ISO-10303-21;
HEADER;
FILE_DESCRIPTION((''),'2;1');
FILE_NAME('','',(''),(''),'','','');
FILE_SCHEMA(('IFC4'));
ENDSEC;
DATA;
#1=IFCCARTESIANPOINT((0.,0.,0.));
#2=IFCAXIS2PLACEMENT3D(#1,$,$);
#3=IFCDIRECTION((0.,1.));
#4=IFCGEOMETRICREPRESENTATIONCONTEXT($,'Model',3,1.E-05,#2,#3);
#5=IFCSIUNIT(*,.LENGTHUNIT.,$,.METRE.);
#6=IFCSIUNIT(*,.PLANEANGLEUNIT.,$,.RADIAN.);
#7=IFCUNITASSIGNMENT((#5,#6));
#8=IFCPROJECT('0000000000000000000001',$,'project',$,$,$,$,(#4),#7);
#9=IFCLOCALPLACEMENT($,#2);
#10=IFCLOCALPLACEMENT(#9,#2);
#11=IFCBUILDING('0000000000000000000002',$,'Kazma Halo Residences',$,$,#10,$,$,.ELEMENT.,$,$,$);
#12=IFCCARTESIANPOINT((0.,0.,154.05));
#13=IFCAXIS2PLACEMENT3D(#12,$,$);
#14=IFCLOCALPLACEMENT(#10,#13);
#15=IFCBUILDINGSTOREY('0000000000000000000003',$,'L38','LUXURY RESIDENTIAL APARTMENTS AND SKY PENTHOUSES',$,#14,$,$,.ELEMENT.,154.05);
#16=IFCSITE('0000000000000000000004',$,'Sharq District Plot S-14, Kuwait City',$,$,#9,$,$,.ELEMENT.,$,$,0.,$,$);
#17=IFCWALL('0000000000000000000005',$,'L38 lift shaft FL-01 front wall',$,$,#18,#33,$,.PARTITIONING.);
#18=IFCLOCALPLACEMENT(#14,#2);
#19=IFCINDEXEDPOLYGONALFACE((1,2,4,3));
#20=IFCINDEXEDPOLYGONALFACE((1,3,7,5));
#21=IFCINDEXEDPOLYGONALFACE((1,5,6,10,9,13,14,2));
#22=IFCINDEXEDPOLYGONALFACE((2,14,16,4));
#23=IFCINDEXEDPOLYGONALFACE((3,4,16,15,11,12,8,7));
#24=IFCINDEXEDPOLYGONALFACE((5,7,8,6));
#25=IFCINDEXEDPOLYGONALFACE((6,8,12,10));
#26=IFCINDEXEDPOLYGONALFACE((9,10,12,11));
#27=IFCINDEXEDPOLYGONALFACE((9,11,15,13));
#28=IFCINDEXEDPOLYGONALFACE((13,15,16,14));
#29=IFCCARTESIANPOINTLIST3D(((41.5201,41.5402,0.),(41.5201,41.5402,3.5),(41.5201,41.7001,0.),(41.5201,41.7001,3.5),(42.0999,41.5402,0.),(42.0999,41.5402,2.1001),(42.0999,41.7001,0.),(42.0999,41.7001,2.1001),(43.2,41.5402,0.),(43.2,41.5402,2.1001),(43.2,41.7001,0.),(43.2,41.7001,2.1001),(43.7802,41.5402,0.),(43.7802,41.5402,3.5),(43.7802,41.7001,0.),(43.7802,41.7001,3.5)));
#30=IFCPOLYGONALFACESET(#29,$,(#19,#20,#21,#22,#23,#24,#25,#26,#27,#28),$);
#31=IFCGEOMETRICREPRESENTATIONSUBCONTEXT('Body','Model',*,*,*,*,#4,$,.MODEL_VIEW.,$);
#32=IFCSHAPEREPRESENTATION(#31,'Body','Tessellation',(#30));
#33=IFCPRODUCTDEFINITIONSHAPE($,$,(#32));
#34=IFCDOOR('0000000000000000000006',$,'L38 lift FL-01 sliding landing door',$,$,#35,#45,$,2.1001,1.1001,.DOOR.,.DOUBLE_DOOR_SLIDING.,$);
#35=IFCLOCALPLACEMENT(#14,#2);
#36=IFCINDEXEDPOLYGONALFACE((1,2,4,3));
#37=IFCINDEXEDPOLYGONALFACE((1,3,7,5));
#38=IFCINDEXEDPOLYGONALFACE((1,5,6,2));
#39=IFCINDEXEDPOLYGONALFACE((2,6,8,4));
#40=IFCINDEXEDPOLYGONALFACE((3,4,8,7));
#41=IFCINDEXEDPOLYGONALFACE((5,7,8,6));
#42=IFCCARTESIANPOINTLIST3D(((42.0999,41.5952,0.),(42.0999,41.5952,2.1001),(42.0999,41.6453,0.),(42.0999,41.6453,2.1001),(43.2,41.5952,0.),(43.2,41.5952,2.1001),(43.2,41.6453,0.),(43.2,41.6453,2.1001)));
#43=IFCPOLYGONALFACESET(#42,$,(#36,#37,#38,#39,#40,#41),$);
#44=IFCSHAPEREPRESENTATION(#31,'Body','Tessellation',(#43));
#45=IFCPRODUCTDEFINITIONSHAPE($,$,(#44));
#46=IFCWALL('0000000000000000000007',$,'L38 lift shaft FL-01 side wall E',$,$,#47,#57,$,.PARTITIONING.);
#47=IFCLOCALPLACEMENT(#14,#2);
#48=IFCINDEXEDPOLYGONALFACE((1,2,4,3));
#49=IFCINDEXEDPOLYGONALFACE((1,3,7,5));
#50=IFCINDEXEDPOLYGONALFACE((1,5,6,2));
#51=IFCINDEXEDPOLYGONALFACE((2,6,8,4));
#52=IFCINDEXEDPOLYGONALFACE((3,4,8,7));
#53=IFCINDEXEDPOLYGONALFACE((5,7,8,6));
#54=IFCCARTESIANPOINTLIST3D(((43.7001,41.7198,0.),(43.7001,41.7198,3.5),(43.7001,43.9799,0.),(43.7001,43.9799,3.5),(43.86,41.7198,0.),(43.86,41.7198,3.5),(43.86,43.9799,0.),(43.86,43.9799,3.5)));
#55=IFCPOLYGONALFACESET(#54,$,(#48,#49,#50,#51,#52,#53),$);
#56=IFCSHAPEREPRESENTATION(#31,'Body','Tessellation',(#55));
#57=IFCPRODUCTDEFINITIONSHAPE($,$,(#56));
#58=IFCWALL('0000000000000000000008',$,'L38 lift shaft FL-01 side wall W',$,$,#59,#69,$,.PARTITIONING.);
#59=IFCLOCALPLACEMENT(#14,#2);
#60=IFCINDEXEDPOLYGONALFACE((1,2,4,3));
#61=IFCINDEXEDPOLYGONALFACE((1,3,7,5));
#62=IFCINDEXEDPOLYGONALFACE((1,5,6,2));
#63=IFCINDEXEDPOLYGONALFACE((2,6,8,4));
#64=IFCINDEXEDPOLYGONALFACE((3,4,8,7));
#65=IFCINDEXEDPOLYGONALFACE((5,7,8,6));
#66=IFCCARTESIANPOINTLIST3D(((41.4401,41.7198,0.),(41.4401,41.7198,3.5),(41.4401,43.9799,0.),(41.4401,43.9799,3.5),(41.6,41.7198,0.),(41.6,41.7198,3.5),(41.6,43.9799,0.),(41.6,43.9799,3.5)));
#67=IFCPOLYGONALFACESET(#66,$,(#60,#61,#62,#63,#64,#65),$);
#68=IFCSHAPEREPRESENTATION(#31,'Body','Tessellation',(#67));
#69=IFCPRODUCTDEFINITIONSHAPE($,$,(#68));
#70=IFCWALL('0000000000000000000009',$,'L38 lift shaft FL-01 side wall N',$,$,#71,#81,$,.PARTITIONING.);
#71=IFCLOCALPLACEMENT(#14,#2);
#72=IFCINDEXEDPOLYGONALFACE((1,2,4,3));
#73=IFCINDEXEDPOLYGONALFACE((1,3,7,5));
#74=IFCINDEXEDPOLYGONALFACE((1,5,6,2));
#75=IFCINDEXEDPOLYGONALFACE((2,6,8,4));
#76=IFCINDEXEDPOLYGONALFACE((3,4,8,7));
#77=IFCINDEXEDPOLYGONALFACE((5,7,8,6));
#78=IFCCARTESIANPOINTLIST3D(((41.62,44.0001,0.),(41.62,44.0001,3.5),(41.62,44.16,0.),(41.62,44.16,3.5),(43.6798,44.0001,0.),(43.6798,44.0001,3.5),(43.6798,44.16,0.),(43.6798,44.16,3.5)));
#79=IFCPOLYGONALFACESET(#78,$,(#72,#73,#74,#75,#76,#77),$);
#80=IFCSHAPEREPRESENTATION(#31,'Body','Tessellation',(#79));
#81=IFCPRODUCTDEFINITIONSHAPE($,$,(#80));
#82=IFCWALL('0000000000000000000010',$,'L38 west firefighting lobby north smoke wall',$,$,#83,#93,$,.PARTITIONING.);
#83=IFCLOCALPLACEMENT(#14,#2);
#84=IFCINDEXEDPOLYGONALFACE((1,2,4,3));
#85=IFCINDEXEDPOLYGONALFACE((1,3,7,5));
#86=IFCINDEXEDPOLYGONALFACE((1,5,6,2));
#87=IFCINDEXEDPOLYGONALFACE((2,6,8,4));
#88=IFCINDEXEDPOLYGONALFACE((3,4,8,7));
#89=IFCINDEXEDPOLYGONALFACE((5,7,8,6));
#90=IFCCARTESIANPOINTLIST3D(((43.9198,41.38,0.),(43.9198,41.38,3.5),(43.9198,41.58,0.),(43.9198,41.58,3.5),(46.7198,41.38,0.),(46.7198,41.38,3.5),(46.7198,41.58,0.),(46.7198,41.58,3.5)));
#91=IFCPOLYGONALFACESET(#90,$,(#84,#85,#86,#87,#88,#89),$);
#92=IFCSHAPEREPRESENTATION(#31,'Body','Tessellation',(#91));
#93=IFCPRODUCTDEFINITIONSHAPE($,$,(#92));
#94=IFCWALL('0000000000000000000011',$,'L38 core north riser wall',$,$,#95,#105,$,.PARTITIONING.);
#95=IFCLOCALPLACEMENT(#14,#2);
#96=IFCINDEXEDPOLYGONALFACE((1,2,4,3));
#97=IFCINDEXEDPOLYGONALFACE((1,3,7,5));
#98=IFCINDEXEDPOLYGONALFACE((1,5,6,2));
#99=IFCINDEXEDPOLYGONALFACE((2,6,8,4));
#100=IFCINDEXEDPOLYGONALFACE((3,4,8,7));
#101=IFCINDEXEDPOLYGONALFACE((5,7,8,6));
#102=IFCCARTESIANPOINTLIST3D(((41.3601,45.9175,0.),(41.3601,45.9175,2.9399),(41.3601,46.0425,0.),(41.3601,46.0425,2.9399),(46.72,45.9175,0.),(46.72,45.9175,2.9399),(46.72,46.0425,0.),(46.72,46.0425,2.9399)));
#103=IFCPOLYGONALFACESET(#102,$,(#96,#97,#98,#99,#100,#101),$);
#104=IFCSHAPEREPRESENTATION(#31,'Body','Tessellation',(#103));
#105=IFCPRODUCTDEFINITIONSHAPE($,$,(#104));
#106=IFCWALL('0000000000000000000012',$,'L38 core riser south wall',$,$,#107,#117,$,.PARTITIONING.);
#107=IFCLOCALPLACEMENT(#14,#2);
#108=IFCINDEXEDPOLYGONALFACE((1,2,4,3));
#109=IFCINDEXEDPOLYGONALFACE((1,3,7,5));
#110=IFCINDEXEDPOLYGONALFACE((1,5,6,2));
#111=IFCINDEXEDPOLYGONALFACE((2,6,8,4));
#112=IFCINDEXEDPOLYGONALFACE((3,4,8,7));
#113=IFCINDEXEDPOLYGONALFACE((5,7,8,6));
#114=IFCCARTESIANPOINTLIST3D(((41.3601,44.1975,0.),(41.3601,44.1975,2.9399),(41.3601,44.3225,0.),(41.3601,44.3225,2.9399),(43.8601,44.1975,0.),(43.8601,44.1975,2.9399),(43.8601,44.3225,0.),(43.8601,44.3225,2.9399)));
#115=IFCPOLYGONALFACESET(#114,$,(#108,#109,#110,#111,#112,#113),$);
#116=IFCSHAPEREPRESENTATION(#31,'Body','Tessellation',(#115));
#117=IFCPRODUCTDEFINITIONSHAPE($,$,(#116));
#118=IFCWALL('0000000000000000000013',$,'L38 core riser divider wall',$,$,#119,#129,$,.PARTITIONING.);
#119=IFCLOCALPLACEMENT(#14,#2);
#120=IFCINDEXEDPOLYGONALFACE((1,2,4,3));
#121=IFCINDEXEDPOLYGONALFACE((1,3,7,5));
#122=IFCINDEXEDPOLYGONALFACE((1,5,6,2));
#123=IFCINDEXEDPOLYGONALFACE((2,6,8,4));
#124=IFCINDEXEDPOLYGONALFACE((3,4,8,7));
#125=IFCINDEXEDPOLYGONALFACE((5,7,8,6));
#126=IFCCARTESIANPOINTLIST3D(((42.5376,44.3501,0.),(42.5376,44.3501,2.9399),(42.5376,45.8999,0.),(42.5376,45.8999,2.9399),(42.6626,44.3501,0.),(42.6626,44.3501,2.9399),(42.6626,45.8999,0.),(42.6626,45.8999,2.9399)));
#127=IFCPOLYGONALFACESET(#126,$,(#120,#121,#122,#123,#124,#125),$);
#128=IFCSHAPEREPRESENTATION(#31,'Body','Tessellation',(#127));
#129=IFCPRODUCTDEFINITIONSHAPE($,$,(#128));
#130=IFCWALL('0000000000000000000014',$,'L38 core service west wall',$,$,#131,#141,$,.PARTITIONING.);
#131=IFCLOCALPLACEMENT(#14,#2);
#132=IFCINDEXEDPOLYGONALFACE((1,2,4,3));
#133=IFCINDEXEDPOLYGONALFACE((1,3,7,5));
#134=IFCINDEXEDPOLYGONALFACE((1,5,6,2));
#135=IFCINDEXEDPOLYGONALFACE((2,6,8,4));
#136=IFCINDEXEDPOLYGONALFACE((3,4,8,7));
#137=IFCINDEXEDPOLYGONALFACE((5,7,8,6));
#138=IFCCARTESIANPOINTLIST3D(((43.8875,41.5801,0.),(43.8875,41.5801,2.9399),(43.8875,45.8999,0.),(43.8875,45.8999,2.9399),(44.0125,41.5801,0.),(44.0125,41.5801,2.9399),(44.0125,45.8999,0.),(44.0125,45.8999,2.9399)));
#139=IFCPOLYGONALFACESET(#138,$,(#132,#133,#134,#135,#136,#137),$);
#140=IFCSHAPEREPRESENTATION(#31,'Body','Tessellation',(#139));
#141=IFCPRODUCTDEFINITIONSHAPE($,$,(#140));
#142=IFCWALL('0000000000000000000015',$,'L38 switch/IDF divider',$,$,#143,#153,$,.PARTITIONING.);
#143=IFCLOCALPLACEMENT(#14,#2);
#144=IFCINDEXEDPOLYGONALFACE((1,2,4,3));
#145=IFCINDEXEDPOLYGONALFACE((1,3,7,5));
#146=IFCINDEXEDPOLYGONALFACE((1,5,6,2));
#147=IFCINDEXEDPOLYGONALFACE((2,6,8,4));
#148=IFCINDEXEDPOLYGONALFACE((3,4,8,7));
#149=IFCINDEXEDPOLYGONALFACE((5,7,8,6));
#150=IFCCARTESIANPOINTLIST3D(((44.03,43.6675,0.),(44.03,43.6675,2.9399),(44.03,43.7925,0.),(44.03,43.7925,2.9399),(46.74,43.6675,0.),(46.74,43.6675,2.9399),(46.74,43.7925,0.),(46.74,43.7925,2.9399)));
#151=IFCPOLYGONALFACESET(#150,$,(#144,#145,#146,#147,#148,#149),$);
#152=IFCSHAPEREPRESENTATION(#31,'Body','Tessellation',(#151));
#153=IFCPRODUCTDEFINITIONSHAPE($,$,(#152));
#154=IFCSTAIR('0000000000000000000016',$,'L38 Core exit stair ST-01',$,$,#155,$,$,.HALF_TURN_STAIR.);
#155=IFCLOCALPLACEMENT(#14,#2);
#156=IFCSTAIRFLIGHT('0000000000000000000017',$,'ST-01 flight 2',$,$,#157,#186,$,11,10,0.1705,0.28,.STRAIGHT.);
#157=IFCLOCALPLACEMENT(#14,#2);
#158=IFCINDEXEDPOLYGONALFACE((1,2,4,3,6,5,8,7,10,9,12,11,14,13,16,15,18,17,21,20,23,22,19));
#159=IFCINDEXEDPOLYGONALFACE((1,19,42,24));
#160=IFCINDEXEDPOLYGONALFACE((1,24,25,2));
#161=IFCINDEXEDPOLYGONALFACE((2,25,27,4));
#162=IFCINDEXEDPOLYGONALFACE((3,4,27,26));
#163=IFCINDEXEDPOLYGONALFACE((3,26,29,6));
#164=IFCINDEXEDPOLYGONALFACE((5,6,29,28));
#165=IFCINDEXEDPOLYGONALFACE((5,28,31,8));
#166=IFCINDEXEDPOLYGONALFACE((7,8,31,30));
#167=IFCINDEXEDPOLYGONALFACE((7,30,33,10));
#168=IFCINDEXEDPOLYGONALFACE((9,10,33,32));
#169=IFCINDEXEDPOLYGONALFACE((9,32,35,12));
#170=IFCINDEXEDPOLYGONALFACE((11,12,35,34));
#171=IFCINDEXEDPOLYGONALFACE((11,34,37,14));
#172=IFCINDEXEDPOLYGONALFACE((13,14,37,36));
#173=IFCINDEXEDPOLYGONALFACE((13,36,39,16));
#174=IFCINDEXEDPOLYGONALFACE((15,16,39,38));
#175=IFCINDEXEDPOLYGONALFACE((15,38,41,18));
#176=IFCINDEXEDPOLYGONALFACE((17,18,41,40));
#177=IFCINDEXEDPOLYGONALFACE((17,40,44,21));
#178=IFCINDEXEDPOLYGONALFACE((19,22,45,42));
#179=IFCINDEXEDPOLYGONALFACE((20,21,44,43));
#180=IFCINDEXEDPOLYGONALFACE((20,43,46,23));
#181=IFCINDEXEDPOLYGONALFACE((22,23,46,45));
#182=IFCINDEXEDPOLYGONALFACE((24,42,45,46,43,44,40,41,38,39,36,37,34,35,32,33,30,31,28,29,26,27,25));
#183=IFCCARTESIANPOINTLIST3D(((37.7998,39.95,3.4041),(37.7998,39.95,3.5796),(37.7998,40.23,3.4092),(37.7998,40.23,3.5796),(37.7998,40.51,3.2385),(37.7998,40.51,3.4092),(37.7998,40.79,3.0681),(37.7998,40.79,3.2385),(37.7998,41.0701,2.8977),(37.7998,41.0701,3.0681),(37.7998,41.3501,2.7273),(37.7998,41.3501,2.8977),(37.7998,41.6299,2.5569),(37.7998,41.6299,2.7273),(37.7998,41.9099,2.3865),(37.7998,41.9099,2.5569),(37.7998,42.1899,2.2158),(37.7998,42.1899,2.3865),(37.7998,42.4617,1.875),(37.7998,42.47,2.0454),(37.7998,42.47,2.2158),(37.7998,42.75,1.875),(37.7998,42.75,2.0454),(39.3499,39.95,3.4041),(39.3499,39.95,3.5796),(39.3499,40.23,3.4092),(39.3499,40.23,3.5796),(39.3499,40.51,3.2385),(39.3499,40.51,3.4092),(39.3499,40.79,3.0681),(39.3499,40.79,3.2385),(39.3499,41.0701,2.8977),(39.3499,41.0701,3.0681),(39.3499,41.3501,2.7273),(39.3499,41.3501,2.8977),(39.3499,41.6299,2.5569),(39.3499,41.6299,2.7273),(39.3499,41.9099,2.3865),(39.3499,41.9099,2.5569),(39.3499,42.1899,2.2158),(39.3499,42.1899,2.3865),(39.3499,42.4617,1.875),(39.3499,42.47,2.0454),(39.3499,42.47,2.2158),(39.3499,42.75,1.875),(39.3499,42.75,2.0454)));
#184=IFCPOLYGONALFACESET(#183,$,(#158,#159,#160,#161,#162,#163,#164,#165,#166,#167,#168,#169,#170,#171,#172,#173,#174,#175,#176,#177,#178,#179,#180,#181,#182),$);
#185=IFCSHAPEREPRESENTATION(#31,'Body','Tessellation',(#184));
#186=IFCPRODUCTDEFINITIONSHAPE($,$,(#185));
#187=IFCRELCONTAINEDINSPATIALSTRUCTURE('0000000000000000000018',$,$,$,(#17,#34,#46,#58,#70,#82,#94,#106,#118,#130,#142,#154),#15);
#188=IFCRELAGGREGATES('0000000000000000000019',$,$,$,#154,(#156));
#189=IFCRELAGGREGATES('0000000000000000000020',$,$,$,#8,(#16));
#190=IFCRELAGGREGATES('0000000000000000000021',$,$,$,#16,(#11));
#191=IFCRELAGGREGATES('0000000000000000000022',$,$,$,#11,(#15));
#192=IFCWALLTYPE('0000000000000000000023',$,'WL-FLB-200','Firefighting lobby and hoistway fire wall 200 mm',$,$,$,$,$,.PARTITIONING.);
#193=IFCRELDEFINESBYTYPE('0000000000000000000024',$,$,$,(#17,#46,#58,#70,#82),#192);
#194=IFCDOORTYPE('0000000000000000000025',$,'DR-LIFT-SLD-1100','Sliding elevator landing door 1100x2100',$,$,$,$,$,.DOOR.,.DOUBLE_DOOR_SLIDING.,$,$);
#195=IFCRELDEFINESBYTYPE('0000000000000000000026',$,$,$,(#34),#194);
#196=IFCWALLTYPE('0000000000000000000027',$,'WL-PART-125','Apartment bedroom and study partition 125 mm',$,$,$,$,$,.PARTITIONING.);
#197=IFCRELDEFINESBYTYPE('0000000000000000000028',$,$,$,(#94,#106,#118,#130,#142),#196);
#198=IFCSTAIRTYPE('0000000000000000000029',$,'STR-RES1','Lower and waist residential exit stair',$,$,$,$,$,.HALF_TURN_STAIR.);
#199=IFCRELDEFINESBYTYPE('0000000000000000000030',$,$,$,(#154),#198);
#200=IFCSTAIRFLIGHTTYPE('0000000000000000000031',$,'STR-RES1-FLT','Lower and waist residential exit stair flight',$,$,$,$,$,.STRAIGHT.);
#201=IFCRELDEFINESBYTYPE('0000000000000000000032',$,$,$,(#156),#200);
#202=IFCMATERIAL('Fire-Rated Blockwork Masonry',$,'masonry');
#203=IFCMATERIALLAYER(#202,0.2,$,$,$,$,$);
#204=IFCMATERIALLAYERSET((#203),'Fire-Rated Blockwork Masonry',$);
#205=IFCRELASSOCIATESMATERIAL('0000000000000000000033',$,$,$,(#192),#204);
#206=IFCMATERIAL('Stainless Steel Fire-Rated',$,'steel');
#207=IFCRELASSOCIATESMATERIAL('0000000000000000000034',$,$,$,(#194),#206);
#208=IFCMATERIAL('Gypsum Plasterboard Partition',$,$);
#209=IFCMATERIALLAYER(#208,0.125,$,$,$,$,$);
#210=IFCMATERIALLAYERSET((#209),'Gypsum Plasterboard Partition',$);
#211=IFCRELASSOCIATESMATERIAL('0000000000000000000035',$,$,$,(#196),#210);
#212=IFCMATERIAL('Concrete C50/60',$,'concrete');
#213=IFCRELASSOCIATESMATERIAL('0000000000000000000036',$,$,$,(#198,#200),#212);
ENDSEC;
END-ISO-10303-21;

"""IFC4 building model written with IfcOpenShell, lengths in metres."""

from ifc_helpers import new_model, si_unit, direction, frame, frame_2d, origin, place, context, subcontext, project, spatial, polyline, rectangle, outline, extrude, material, layer, layer_set, type_object, element, fill, aggregate, save


model = new_model("IFC4")

# Units and contexts
model_context = context("Model", 3, precision=1e-05, world=origin(), true_north=direction((0.0, 1.0)))
body_context = subcontext(model_context, "Body", "Model", "MODEL_VIEW")
ifc_project = project(units=[si_unit("LENGTHUNIT", "METRE"), si_unit("PLANEANGLEUNIT", "RADIAN")], contexts=[model_context])

# Site, building, storey
site_placement = place(None, origin())
site = spatial("IfcSite", under=ifc_project, at=site_placement, Name="Sharq District Plot S-14, Kuwait City", CompositionType="ELEMENT", RefElevation=0.0)
building_placement = place(site_placement, origin())
building = spatial("IfcBuilding", under=site, at=building_placement, Name="Kazma Halo Residences", CompositionType="ELEMENT")
storey_placement = place(building_placement, frame((0.0, 0.0, 154.05)))
storey = spatial("IfcBuildingStorey", under=building, at=storey_placement, Name="L38", Description="LUXURY RESIDENTIAL APARTMENTS AND SKY PENTHOUSES", CompositionType="ELEMENT", Elevation=154.05)

# Shared definitions
ifc_material_1 = material(Name="Fire-Rated Blockwork Masonry", Category="masonry")
ifc_layer_1 = layer(ifc_material_1, 0.2)
ifc_layer_set_1 = layer_set([ifc_layer_1], Name="Fire-Rated Blockwork Masonry")
wall_type_1 = type_object("IfcWallType", Name="WL-FLB-200", Description="Firefighting lobby and hoistway fire wall 200 mm", PredefinedType="PARTITIONING", material=ifc_layer_set_1)
ifc_material_2 = material(Name="Stainless Steel Fire-Rated", Category="steel")
door_type = type_object("IfcDoorType", Name="DR-LIFT-SLD-1100", Description="Sliding elevator landing door 1100x2100", OperationType="DOUBLE_DOOR_SLIDING", PredefinedType="DOOR", material=ifc_material_2)

# Wall, opening, door
wall_1_placement = place(storey_placement, frame((43.78, 41.6201, 0.0), z_axis=(0.0, 0.0, 1.0), x_axis=(-1.0, 0.0, 0.0)))
wall_1 = element("IfcWall", 1, at=wall_1_placement, inside=storey, type_object=wall_type_1, Name="L38 lift shaft FL-01 front wall", PredefinedType="PARTITIONING", context=body_context, shape_type="SweptSolid", body=[
    extrude(rectangle(XDim=2.26, YDim=0.1599, at=frame_2d((1.1299, 0.0))), origin(), (0.0, 0.0, 1.0), 3.5),
])
opening_1_placement = place(wall_1_placement, frame((0.5801, 0.0, 0.0)))
opening_1 = element("IfcOpeningElement", 2, at=opening_1_placement, cuts=wall_1, PredefinedType="OPENING", context=body_context, shape_type="SweptSolid", body=[
    extrude(rectangle(XDim=1.1001, YDim=2.1001, at=frame_2d((0.55, 1.05))), frame((0.0, 0.0898, 0.0), z_axis=(0.0, -1.0, 0.0), x_axis=(1.0, 0.0, 0.0)), (0.0, 0.0, 1.0), 0.1799),
])
door_1_placement = place(opening_1_placement, origin())
door_1 = element("IfcDoor", 3, at=door_1_placement, inside=storey, type_object=door_type, Name="L38 lift FL-01 sliding landing door", OperationType="DOUBLE_DOOR_SLIDING", OverallHeight=2.1001, OverallWidth=1.1001, PredefinedType="DOOR", context=body_context, shape_type="SweptSolid", body=[
    extrude(rectangle(XDim=1.1001, YDim=2.1001, at=frame_2d((0.55, 1.05))), frame((0.0, 0.0249, 0.0), z_axis=(0.0, -1.0, 0.0), x_axis=(1.0, 0.0, 0.0)), (0.0, 0.0, 1.0), 0.05),
])
fill(opening_1, door_1)

# Walls
for number, where, z_axis, x_axis, name in (
    (4, (43.78, 41.72, 0.0), (0.0, 0.0, 1.0), (0.0, 1.0, 0.0), "L38 lift shaft FL-01 side wall E"),
    (5, (41.52, 41.72, 0.0), (0.0, 0.0, 1.0), (0.0, 1.0, 0.0), "L38 lift shaft FL-01 side wall W"),
):
    element("IfcWall", number, at=place(storey_placement, frame(where, z_axis=z_axis, x_axis=x_axis)), inside=storey, type_object=wall_type_1, Name=name, PredefinedType="PARTITIONING", context=body_context, shape_type="SweptSolid", body=[
        extrude(rectangle(XDim=2.26, YDim=0.1599, at=frame_2d((1.1299, 0.0))), origin(), (0.0, 0.0, 1.0), 3.5),
    ])
wall_2_placement = place(storey_placement, frame((41.6201, 44.0801, 0.0), z_axis=(0.0, 0.0, 1.0), x_axis=(1.0, 0.0, 0.0)))
element("IfcWall", 6, at=wall_2_placement, inside=storey, type_object=wall_type_1, Name="L38 lift shaft FL-01 side wall N", PredefinedType="PARTITIONING", context=body_context, shape_type="SweptSolid", body=[
    extrude(rectangle(XDim=2.0598, YDim=0.1599, at=frame_2d((1.0298, 0.0))), origin(), (0.0, 0.0, 1.0), 3.5),
])
wall_3_placement = place(storey_placement, frame((43.9199, 41.48, 0.0), z_axis=(0.0, 0.0, 1.0), x_axis=(1.0, 0.0, 0.0)))
element("IfcWall", 7, at=wall_3_placement, inside=storey, type_object=wall_type_1, Name="L38 west firefighting lobby north smoke wall", PredefinedType="PARTITIONING", context=body_context, shape_type="SweptSolid", body=[
    extrude(rectangle(XDim=2.8, YDim=0.2, at=frame_2d((1.3999, 0.0))), origin(), (0.0, 0.0, 1.0), 3.5),
])
ifc_material_3 = material(Name="Gypsum Plasterboard Partition")
ifc_layer_2 = layer(ifc_material_3, 0.125)
ifc_layer_set_2 = layer_set([ifc_layer_2], Name="Gypsum Plasterboard Partition")
wall_type_2 = type_object("IfcWallType", Name="WL-PART-125", Description="Apartment bedroom and study partition 125 mm", PredefinedType="PARTITIONING", material=ifc_layer_set_2)
wall_4_placement = place(storey_placement, frame((41.3601, 45.98, 0.0), z_axis=(0.0, 0.0, 1.0), x_axis=(1.0, 0.0, 0.0)))
element("IfcWall", 8, at=wall_4_placement, inside=storey, type_object=wall_type_2, Name="L38 core north riser wall", PredefinedType="PARTITIONING", context=body_context, shape_type="SweptSolid", body=[
    extrude(rectangle(XDim=5.3599, YDim=0.125, at=frame_2d((2.6799, 0.0))), origin(), (0.0, 0.0, 1.0), 2.9399),
])
wall_5_placement = place(storey_placement, frame((41.3601, 44.26, 0.0), z_axis=(0.0, 0.0, 1.0), x_axis=(1.0, 0.0, 0.0)))
element("IfcWall", 9, at=wall_5_placement, inside=storey, type_object=wall_type_2, Name="L38 core riser south wall", PredefinedType="PARTITIONING", context=body_context, shape_type="SweptSolid", body=[
    extrude(rectangle(XDim=2.5, YDim=0.125, at=frame_2d((1.25, 0.0))), origin(), (0.0, 0.0, 1.0), 2.9399),
])
wall_6_placement = place(storey_placement, frame((42.6001, 44.3501, 0.0), z_axis=(0.0, 0.0, 1.0), x_axis=(0.0, 1.0, 0.0)))
element("IfcWall", 10, at=wall_6_placement, inside=storey, type_object=wall_type_2, Name="L38 core riser divider wall", PredefinedType="PARTITIONING", context=body_context, shape_type="SweptSolid", body=[
    extrude(rectangle(XDim=1.5498, YDim=0.125, at=frame_2d((0.7749, 0.0))), origin(), (0.0, 0.0, 1.0), 2.9399),
])
wall_7_placement = place(storey_placement, frame((43.95, 41.5801, 0.0), z_axis=(0.0, 0.0, 1.0), x_axis=(0.0, 1.0, 0.0)))
element("IfcWall", 11, at=wall_7_placement, inside=storey, type_object=wall_type_2, Name="L38 core service west wall", PredefinedType="PARTITIONING", context=body_context, shape_type="SweptSolid", body=[
    extrude(rectangle(XDim=4.3198, YDim=0.125, at=frame_2d((2.1599, 0.0))), origin(), (0.0, 0.0, 1.0), 2.9399),
])
wall_8_placement = place(storey_placement, frame((44.03, 43.73, 0.0), z_axis=(0.0, 0.0, 1.0), x_axis=(1.0, 0.0, 0.0)))
element("IfcWall", 12, at=wall_8_placement, inside=storey, type_object=wall_type_2, Name="L38 switch/IDF divider", PredefinedType="PARTITIONING", context=body_context, shape_type="SweptSolid", body=[
    extrude(rectangle(XDim=2.71, YDim=0.125, at=frame_2d((1.355, 0.0))), origin(), (0.0, 0.0, 1.0), 2.9399),
])

# Stair, stair flight
ifc_material_4 = material(Name="Concrete C50/60", Category="concrete")
stair_type = type_object("IfcStairType", Name="STR-RES1", Description="Lower and waist residential exit stair", PredefinedType="HALF_TURN_STAIR", material=ifc_material_4)
stair_placement = place(storey_placement, origin())
stair = element("IfcStair", 13, at=stair_placement, inside=storey, type_object=stair_type, Name="L38 Core exit stair ST-01", PredefinedType="HALF_TURN_STAIR")
stair_flight_type = type_object("IfcStairFlightType", Name="STR-RES1-FLT", Description="Lower and waist residential exit stair flight", PredefinedType="STRAIGHT", material=ifc_material_4)
stair_flight_placement = place(storey_placement, frame((38.575, 42.75, 1.875), z_axis=(0.0, 0.0, 1.0), x_axis=(0.0, -1.0, 0.0)))
stair_flight = element("IfcStairFlight", 14, at=stair_flight_placement, type_object=stair_flight_type, Name="ST-01 flight 2", NumberOfRisers=11, NumberOfTreads=10, PredefinedType="STRAIGHT", RiserHeight=0.1705, TreadLength=0.28, context=body_context, shape_type="SweptSolid", body=[
    extrude(outline(polyline([(0.0, 0.0), (0.0, 0.1704), (0.28, 0.1704), (0.28, 0.3408), (0.5601, 0.3408), (0.5601, 0.5115), (0.8401, 0.5115), (0.8401, 0.6819), (1.1201, 0.6819), (1.1201, 0.8523), (1.3999, 0.8523), (1.3999, 1.0227), (1.6799, 1.0227), (1.6799, 1.1931), (1.96, 1.1931), (1.96, 1.3635), (2.24, 1.3635), (2.24, 1.5342), (2.52, 1.5342), (2.52, 1.7046), (2.8, 1.7046), (2.8, 1.875), (2.8, 1.5291), (0.2883, 0.0), (0.0, 0.0)])), frame((0.0, 0.7749, 0.0), z_axis=(0.0, -1.0, 0.0), x_axis=(1.0, 0.0, 0.0)), (0.0, 0.0, 1.0), 1.55),
])
aggregate(stair, [stair_flight])

save(model, "model.ifc")
